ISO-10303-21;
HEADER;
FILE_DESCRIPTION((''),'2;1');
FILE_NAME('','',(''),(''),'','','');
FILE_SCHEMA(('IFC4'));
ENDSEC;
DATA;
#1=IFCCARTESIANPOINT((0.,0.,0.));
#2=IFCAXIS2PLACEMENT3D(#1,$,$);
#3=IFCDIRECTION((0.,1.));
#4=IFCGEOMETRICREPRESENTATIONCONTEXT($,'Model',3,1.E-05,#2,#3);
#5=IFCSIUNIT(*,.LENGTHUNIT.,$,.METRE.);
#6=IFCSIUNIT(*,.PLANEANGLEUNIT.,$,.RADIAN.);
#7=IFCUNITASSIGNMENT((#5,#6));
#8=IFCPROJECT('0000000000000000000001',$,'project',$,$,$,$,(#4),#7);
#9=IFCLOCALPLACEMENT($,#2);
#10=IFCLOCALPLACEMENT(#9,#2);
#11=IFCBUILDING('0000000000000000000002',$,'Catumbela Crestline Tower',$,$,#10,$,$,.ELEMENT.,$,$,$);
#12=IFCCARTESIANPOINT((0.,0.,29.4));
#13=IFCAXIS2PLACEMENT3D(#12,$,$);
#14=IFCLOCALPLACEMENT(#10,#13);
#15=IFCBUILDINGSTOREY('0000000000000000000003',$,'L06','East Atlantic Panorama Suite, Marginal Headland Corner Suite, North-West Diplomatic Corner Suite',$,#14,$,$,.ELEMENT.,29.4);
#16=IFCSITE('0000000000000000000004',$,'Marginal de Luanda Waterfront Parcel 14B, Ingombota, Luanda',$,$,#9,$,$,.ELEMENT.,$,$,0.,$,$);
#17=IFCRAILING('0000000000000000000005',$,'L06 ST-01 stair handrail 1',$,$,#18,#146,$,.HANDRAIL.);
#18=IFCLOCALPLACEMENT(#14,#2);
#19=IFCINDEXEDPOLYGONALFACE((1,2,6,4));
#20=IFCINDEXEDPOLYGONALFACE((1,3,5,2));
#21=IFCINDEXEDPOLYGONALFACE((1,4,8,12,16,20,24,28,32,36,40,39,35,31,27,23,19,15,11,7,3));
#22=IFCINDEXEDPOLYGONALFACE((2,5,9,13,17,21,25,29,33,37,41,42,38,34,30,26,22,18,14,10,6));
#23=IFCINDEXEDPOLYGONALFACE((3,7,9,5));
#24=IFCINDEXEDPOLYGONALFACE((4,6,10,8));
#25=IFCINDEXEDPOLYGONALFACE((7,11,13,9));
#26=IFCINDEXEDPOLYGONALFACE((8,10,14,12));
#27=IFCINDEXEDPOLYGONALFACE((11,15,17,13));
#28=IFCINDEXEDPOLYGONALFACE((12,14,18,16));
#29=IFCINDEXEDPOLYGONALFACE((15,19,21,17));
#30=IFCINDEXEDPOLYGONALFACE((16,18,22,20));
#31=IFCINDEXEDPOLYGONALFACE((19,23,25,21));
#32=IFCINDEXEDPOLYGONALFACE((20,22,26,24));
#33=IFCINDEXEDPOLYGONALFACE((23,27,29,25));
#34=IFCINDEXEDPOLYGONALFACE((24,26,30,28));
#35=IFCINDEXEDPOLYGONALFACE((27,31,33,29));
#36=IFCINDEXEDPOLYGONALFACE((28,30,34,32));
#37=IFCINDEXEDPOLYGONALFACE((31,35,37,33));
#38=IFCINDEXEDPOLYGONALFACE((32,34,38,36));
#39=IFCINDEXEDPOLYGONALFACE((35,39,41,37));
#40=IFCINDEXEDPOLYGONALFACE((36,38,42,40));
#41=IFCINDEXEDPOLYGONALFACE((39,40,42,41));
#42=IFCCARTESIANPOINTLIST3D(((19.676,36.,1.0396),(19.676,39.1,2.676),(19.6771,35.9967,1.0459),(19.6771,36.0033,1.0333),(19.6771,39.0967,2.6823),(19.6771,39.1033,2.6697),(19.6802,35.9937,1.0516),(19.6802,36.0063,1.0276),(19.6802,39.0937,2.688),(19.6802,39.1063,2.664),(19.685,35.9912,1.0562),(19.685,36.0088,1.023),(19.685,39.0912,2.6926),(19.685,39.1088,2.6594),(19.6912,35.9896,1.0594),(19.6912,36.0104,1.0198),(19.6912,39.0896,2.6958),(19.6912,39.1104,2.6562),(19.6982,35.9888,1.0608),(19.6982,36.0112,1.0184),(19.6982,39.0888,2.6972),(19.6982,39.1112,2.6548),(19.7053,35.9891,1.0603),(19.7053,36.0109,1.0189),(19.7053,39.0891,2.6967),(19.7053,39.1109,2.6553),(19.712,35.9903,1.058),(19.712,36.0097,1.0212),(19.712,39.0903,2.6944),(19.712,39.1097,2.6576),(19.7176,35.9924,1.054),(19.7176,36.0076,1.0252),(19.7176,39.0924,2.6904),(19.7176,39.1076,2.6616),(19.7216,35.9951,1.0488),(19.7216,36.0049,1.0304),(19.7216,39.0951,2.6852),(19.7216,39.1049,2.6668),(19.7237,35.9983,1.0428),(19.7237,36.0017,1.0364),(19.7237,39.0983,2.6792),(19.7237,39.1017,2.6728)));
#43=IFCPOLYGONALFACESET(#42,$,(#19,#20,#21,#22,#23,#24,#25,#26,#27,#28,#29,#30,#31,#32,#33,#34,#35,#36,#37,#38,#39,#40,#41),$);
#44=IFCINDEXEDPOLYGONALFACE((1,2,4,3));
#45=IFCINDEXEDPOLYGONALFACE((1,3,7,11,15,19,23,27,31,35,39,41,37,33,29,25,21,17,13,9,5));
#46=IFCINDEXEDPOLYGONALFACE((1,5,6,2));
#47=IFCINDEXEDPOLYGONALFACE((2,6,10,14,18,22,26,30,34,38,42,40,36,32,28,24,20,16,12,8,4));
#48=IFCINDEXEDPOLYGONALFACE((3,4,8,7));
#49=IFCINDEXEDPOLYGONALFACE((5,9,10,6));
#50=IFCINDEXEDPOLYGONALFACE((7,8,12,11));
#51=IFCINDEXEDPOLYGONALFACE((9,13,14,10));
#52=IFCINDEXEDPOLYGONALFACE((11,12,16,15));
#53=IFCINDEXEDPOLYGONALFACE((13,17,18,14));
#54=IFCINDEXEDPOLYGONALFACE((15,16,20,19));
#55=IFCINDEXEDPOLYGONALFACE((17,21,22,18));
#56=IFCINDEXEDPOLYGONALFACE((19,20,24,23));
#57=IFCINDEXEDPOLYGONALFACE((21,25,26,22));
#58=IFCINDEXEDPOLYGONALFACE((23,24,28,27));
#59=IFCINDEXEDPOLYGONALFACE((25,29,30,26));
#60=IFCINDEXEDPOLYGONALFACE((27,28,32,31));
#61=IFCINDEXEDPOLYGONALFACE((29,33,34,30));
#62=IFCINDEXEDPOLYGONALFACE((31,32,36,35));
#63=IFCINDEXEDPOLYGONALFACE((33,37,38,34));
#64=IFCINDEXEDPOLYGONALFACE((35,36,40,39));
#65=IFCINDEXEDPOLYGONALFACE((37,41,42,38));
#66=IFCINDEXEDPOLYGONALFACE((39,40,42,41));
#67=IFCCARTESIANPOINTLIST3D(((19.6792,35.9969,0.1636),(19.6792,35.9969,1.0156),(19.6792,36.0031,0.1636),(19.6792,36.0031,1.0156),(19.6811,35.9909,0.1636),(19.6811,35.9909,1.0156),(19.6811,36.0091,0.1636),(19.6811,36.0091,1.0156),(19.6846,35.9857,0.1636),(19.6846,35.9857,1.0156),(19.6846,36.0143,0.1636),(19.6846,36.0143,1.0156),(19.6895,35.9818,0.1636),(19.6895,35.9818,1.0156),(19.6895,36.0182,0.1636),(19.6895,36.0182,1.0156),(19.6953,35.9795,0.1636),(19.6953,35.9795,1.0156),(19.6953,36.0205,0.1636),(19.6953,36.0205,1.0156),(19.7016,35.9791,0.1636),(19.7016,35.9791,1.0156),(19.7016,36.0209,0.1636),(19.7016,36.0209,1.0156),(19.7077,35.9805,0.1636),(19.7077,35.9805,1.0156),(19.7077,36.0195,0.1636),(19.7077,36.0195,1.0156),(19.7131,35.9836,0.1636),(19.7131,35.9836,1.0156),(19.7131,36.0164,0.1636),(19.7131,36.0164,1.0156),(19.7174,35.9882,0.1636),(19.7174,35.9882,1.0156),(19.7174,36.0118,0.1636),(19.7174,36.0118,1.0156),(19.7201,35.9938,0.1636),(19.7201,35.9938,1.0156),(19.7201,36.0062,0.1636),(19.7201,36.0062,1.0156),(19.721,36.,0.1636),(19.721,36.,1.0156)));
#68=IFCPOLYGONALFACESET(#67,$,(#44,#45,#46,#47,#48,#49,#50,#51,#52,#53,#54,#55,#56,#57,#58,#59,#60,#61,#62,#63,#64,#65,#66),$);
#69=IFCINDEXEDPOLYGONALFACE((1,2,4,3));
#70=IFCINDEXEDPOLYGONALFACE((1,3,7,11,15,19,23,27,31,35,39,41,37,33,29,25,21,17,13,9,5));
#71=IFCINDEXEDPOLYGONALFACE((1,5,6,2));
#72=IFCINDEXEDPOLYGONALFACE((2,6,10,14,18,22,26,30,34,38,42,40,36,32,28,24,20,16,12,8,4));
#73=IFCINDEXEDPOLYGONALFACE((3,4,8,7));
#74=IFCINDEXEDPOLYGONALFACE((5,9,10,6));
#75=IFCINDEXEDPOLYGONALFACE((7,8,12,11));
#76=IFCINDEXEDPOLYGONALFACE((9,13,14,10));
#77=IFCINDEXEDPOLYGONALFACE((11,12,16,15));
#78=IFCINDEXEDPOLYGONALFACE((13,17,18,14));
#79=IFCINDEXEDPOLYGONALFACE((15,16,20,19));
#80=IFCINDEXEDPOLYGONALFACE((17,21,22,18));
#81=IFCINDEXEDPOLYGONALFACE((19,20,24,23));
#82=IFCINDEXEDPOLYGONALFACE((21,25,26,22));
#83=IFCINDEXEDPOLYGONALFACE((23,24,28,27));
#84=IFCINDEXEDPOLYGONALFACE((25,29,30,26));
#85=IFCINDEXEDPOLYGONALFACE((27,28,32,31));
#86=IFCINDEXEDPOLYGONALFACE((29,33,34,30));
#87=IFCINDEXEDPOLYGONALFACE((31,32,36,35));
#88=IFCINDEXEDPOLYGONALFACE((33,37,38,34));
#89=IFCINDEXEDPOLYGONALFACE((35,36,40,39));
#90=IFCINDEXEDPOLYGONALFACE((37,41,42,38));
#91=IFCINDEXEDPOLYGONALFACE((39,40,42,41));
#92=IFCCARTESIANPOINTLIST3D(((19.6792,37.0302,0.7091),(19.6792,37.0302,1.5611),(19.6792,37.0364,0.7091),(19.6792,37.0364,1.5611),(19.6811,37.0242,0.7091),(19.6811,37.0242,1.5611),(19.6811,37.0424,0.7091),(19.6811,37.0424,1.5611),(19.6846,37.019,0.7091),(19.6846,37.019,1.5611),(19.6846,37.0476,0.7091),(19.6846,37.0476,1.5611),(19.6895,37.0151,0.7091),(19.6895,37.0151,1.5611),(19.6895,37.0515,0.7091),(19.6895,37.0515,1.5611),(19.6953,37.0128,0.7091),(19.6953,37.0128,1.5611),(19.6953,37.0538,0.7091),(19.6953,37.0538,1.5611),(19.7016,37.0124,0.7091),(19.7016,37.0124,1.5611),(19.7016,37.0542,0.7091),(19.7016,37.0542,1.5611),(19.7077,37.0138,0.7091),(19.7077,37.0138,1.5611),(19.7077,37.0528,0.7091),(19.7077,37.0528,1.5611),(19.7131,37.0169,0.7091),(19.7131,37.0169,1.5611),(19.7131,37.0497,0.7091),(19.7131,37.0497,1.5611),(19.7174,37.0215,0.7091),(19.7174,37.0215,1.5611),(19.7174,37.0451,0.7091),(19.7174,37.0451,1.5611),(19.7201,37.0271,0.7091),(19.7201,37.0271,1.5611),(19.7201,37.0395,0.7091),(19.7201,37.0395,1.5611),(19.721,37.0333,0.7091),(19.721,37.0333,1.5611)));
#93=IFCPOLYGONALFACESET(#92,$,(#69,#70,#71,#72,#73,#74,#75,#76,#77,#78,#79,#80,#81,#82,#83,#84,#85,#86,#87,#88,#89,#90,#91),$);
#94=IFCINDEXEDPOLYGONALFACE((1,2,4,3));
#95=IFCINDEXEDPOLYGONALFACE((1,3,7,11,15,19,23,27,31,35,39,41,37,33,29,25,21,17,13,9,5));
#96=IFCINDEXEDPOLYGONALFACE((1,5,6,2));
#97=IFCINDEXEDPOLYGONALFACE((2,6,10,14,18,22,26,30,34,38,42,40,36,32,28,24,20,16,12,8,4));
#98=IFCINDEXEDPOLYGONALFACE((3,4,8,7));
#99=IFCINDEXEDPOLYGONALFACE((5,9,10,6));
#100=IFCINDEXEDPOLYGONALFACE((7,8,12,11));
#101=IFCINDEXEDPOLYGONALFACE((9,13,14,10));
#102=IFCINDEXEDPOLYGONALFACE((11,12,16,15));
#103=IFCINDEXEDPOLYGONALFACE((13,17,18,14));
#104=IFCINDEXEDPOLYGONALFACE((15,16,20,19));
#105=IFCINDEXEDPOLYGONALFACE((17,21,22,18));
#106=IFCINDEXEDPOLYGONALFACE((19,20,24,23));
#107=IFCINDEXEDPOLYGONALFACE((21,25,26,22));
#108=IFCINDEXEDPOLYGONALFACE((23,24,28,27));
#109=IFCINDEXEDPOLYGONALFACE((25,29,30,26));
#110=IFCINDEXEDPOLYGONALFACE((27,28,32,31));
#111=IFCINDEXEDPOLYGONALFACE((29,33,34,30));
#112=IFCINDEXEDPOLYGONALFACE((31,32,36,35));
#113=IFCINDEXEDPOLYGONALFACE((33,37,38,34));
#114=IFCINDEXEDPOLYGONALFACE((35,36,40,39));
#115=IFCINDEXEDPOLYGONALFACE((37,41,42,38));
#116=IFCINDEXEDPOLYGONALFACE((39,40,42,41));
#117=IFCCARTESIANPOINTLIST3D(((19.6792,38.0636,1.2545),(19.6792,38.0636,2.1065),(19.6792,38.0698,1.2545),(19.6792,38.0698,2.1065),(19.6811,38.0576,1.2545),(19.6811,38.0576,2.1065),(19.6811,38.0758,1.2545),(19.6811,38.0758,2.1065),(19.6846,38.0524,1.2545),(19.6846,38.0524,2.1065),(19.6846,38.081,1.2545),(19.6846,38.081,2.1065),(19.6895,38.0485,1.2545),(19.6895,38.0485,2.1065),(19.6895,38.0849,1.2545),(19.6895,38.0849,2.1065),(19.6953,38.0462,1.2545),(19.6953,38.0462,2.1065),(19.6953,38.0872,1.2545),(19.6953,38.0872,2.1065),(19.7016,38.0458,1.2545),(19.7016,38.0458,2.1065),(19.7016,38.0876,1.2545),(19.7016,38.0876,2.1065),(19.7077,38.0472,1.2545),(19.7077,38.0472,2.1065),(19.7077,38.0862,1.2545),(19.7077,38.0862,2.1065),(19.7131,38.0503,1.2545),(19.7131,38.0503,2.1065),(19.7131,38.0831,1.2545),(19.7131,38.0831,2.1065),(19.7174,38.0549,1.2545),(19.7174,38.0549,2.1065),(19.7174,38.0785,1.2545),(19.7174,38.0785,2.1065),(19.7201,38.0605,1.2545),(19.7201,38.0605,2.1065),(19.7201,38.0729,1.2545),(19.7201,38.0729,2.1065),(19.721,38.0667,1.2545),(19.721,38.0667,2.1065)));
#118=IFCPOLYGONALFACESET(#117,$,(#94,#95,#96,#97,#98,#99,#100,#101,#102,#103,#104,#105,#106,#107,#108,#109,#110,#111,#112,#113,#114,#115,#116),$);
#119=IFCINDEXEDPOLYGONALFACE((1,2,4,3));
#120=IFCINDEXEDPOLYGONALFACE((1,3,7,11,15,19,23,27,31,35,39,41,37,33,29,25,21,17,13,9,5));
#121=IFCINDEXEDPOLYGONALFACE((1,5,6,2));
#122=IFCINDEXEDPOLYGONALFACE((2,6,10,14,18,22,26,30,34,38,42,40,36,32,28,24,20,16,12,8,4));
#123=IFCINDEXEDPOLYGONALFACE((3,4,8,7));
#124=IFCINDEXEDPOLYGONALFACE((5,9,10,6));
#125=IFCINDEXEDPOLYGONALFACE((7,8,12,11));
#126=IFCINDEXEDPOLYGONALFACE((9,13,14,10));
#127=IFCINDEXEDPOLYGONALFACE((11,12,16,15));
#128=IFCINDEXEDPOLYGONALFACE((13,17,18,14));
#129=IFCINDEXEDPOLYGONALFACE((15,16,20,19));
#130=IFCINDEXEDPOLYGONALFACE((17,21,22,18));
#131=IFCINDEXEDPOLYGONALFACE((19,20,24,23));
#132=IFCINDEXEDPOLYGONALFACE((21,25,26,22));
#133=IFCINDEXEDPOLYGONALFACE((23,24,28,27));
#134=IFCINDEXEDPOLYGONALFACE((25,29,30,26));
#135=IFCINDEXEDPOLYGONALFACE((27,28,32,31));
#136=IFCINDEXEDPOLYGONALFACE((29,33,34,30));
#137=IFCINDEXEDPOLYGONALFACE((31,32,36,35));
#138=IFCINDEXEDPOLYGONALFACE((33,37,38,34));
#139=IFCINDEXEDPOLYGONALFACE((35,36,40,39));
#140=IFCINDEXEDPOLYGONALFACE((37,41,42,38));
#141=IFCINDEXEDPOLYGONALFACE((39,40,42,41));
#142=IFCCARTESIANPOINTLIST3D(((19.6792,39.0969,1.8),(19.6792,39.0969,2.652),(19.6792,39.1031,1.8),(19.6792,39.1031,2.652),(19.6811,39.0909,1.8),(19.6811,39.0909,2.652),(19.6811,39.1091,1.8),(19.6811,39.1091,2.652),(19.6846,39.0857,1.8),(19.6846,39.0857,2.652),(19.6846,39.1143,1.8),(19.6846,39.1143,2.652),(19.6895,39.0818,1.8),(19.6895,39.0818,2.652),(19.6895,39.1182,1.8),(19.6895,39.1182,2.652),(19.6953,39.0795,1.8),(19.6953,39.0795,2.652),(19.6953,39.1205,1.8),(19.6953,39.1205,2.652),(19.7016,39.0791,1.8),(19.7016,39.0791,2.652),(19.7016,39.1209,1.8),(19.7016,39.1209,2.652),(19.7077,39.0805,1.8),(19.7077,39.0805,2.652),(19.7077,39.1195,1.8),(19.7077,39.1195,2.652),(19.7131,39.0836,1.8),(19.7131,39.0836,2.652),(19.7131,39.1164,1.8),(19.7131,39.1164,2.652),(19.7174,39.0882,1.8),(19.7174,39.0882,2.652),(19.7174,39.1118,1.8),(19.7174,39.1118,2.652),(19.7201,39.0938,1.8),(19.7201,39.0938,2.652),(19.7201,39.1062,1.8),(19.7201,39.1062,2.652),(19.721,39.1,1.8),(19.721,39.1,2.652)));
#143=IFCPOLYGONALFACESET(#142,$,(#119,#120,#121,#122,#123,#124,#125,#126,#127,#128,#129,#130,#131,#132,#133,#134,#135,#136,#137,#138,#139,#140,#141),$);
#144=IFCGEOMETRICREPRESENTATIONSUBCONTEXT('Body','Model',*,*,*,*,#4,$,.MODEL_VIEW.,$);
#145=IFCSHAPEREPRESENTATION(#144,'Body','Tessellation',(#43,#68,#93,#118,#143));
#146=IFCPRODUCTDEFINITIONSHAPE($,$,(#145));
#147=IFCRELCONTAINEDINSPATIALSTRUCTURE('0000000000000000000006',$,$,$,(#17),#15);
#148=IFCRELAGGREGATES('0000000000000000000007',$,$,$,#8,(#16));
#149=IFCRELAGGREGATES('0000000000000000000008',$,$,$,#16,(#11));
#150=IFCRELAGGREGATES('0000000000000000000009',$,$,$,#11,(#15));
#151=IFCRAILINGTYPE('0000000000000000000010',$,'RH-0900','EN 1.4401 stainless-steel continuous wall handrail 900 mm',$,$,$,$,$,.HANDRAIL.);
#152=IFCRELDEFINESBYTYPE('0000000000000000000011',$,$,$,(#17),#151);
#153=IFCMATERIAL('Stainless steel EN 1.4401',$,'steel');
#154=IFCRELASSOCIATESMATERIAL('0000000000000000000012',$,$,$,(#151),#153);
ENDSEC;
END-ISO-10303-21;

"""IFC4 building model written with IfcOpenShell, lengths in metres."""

from ifc_helpers import new_model, si_unit, direction, frame, origin, origin_2d, place, context, subcontext, project, spatial, circle, extrude, material, type_object, element, save


model = new_model("IFC4")

# Units and contexts
model_context = context("Model", 3, precision=1e-05, world=origin(), true_north=direction((0.0, 1.0)))
body_context = subcontext(model_context, "Body", "Model", "MODEL_VIEW")
ifc_project = project(units=[si_unit("LENGTHUNIT", "METRE"), si_unit("PLANEANGLEUNIT", "RADIAN")], contexts=[model_context])

# Site, building, storey
site_placement = place(None, origin())
site = spatial("IfcSite", under=ifc_project, at=site_placement, Name="Marginal de Luanda Waterfront Parcel 14B, Ingombota, Luanda", CompositionType="ELEMENT", RefElevation=0.0)
building_placement = place(site_placement, origin())
building = spatial("IfcBuilding", under=site, at=building_placement, Name="Catumbela Crestline Tower", CompositionType="ELEMENT")
storey_placement = place(building_placement, frame((0.0, 0.0, 29.4)))
storey = spatial("IfcBuildingStorey", under=building, at=storey_placement, Name="L06", Description="East Atlantic Panorama Suite, Marginal Headland Corner Suite, North-West Diplomatic Corner Suite", CompositionType="ELEMENT", Elevation=29.4)

# Shared definitions
ifc_material_1 = material(Name="Stainless steel EN 1.4401", Category="steel")

# Railing
railing_type_1 = type_object("IfcRailingType", Name="RH-0900", Description="EN 1.4401 stainless-steel continuous wall handrail 900 mm", PredefinedType="HANDRAIL", material=ifc_material_1)
railing_1_placement = place(storey_placement, frame((19.7, 36.0, 0.1636)))
element("IfcRailing", 1, at=railing_1_placement, inside=storey, type_object=railing_type_1, Name="L06 ST-01 stair handrail 1", PredefinedType="HANDRAIL", context=body_context, shape_type="SweptSolid", body=[
    extrude(circle(Radius=0.024, at=origin_2d()), frame((0.0, 0.0, 0.876), z_axis=(0.0, 0.884351, 0.466823), x_axis=(-1.0, 0.0, 0.0)), (0.0, 0.0, 1.0), 3.5054),
    extrude(circle(Radius=0.021, at=origin_2d()), origin(), (0.0, 0.0, 1.0), 0.852),
    extrude(circle(Radius=0.021, at=origin_2d()), frame((0.0, 1.0333, 0.5455)), (0.0, 0.0, 1.0), 0.852),
    extrude(circle(Radius=0.021, at=origin_2d()), frame((0.0, 2.0667, 1.0909)), (0.0, 0.0, 1.0), 0.852),
    extrude(circle(Radius=0.021, at=origin_2d()), frame((0.0, 3.1, 1.6364)), (0.0, 0.0, 1.0), 0.852),
])

save(model, "model.ifc")
